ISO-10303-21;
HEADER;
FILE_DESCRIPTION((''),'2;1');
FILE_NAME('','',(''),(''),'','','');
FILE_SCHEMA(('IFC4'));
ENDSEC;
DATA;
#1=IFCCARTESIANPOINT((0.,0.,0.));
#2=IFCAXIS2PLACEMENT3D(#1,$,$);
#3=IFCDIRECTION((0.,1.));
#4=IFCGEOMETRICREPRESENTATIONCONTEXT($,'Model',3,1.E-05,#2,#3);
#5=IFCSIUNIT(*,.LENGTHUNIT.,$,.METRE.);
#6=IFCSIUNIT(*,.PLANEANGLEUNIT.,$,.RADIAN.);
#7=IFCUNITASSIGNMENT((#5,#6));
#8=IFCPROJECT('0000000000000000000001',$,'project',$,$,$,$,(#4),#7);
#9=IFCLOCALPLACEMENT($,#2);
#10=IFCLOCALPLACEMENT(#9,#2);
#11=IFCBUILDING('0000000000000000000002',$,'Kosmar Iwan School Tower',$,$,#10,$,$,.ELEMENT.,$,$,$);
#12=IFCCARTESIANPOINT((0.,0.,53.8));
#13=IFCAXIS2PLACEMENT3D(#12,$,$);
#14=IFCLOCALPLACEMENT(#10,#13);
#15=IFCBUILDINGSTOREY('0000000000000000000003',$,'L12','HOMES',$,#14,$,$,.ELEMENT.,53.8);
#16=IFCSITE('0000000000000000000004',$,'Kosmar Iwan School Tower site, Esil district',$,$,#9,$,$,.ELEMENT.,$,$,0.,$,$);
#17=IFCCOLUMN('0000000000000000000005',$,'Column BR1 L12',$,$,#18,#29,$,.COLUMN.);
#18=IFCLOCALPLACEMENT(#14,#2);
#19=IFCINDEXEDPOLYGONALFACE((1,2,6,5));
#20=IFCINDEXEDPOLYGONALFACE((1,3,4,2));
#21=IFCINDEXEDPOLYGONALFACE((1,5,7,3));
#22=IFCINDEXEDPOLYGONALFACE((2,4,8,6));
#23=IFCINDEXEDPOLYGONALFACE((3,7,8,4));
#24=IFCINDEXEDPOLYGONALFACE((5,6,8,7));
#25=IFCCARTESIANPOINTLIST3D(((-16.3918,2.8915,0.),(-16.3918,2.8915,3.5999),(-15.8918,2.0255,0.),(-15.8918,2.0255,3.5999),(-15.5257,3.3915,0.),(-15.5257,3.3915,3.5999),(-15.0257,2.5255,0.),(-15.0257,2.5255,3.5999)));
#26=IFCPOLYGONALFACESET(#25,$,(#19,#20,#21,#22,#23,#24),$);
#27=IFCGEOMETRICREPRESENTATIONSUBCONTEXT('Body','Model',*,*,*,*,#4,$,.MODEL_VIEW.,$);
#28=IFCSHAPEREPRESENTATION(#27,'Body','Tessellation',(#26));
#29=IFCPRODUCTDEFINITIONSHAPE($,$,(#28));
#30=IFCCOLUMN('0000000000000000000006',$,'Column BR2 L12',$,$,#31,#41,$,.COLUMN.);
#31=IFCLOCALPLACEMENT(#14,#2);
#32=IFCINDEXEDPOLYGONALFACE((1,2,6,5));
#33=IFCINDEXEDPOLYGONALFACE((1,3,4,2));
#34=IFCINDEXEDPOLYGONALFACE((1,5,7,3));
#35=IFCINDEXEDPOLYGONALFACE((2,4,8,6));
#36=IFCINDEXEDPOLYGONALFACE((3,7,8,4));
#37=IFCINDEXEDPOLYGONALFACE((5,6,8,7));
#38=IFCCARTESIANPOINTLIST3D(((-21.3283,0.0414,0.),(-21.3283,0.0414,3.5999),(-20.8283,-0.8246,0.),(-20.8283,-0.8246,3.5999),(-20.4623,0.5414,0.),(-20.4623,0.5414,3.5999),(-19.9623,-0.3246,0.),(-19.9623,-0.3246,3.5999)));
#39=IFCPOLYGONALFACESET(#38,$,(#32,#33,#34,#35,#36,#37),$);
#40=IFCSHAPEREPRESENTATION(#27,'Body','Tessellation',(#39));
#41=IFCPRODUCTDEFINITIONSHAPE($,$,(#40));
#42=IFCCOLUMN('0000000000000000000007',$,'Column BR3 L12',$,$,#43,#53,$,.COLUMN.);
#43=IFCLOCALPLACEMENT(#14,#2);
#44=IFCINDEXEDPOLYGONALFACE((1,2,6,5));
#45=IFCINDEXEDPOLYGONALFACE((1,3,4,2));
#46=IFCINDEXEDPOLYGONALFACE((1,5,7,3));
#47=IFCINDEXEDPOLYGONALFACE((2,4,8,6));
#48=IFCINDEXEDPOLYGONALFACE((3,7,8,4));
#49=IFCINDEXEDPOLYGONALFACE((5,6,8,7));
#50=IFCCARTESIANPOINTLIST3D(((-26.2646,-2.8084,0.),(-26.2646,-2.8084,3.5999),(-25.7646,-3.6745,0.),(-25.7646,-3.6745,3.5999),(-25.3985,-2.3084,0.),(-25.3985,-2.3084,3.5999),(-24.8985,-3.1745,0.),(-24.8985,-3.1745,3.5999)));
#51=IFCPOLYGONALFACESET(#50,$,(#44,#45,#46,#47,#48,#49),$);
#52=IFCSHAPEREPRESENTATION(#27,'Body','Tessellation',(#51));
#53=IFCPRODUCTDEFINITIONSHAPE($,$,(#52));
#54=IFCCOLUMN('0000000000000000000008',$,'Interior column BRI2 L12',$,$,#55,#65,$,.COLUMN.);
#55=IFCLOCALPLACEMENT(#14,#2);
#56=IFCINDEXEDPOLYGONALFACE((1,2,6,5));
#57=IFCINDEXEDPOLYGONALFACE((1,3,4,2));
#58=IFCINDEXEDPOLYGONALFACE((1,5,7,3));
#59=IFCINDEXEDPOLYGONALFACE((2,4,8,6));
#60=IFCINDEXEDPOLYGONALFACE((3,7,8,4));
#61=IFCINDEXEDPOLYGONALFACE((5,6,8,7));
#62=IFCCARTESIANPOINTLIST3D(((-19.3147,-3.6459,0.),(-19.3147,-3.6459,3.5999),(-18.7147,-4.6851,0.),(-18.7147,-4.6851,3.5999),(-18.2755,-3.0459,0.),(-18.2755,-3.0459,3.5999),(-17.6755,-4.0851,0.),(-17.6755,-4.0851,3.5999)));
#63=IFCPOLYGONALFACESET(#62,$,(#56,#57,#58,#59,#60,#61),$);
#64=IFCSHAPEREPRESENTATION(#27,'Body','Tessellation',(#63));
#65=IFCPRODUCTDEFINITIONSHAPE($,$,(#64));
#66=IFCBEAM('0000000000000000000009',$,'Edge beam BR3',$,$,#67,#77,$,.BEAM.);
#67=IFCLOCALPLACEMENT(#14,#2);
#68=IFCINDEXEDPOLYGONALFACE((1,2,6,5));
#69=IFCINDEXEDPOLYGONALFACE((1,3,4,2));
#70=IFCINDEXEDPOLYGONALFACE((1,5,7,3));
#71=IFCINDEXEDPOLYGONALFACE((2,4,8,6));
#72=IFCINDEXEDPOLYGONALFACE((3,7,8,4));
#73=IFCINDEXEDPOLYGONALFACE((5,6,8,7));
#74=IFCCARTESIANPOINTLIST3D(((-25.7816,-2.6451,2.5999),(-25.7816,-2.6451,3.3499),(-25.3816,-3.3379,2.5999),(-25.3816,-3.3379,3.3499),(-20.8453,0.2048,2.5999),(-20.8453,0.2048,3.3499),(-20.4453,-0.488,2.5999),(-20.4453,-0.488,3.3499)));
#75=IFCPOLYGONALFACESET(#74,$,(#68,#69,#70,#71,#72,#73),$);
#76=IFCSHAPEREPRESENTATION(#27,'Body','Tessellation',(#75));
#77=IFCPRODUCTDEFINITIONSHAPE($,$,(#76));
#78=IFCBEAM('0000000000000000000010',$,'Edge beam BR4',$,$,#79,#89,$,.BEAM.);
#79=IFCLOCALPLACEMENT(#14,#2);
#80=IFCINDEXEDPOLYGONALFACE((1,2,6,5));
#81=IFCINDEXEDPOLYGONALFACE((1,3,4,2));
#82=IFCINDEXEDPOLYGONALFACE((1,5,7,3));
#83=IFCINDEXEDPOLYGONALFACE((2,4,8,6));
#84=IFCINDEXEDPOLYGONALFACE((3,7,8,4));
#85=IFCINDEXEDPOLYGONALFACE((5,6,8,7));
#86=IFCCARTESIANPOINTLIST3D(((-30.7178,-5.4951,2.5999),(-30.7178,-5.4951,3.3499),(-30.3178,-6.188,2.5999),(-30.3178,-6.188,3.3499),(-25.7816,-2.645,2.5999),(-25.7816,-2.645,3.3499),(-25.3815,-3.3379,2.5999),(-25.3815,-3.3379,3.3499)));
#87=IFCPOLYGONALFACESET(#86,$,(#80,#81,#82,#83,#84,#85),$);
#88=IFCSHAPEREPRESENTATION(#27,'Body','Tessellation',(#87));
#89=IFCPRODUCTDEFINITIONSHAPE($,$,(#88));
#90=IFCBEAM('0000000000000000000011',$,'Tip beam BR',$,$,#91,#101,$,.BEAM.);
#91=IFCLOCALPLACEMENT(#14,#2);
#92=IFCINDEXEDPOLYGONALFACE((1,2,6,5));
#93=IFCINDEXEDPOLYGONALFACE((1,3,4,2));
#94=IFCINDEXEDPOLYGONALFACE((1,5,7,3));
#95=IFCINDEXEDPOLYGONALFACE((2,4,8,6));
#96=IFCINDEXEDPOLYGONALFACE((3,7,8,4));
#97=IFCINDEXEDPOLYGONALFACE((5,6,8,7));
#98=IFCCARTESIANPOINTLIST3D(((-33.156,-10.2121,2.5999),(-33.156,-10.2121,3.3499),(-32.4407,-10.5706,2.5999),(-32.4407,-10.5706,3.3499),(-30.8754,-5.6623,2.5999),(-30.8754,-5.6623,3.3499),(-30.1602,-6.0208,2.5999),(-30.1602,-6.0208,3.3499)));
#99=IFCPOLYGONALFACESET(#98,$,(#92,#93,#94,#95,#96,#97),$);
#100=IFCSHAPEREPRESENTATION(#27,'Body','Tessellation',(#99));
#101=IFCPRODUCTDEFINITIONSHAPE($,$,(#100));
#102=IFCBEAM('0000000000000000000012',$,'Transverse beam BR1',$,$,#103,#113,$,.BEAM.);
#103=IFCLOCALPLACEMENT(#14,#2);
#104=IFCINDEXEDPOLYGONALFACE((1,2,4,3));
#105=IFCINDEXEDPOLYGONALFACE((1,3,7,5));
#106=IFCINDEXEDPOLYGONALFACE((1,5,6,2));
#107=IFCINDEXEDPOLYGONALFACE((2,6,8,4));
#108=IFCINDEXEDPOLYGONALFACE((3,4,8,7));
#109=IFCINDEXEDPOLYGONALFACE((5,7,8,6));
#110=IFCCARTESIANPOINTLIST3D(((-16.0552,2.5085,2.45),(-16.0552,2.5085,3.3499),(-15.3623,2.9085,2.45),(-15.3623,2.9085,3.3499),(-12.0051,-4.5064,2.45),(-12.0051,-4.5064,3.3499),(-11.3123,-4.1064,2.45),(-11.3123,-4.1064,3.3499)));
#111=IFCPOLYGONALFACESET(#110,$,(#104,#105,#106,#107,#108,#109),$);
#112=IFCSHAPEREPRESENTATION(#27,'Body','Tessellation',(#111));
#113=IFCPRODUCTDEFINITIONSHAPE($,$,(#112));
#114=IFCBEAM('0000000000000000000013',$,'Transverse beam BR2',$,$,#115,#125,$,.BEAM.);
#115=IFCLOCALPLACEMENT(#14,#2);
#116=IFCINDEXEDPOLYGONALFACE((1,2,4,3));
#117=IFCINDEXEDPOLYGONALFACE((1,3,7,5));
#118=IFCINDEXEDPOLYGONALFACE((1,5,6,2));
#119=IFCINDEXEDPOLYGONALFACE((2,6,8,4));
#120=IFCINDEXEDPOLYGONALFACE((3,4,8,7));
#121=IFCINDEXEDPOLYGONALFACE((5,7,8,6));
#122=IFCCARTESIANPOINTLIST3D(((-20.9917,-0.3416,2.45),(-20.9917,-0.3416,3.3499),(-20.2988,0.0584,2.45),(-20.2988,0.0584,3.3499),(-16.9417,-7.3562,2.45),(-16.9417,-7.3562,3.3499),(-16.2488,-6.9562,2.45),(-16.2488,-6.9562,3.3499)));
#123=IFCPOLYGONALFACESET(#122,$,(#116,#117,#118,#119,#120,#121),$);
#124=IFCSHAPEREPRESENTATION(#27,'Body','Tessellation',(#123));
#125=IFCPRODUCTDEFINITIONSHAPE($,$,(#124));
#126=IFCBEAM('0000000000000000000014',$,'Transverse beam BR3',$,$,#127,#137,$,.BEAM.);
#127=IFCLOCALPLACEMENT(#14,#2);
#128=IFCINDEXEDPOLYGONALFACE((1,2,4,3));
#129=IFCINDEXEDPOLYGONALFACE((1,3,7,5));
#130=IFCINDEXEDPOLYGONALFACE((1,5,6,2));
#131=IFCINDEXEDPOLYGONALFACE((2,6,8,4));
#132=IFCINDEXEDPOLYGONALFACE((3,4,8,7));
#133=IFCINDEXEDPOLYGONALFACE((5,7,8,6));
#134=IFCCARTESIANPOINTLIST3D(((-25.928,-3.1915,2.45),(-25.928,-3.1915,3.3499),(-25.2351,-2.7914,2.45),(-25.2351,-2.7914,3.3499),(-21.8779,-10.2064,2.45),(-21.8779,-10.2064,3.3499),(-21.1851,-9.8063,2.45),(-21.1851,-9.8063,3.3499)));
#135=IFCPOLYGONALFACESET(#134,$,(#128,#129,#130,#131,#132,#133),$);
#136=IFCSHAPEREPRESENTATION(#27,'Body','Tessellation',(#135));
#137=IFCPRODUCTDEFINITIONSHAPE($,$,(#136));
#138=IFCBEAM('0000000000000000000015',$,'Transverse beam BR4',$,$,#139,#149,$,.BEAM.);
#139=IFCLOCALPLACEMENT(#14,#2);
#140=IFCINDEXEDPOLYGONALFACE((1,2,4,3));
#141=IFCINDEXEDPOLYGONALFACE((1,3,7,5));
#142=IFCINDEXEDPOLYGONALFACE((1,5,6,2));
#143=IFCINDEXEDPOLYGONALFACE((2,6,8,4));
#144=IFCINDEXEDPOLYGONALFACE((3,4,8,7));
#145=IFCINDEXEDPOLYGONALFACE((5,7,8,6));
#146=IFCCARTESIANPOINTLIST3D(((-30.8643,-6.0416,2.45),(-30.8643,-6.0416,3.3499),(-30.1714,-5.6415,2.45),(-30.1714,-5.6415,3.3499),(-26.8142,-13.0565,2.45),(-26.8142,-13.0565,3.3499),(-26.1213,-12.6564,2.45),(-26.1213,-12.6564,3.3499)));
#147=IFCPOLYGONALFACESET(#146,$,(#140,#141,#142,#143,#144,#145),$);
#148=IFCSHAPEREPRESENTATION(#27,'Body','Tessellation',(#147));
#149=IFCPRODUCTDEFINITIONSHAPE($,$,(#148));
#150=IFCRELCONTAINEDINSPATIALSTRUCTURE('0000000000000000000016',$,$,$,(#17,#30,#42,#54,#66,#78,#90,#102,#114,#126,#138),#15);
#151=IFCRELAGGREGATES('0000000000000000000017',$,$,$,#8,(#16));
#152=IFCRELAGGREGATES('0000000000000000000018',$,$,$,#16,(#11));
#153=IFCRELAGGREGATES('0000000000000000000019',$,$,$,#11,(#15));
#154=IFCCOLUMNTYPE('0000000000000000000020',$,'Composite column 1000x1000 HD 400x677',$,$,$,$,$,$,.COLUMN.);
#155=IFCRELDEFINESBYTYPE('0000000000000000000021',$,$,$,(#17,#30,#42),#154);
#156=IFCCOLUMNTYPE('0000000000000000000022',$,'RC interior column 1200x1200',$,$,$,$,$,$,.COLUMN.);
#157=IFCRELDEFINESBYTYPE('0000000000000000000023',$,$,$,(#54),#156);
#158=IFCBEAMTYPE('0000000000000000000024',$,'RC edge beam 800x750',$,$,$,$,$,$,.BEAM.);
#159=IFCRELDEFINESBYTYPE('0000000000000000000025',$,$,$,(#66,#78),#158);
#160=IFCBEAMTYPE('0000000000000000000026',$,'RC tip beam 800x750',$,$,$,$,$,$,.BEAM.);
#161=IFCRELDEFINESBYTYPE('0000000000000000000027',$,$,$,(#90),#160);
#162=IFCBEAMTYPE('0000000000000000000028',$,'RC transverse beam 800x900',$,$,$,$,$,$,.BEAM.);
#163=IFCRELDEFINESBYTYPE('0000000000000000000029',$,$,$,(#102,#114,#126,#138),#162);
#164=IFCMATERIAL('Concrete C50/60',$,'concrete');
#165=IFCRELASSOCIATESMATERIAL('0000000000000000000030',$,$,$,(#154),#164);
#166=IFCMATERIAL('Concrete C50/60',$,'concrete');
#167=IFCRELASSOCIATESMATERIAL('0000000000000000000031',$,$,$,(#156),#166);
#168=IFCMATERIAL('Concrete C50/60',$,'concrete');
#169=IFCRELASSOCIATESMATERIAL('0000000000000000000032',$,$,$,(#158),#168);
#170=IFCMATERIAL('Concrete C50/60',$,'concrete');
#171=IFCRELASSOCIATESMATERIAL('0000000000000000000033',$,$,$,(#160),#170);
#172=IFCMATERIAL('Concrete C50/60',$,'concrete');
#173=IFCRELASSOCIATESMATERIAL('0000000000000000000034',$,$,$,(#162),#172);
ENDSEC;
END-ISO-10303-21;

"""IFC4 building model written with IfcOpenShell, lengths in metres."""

from ifc_helpers import new_model, si_unit, direction, frame, origin, origin_2d, place, context, subcontext, project, spatial, rectangle, extrude, material, material_profile, profile_set, type_object, element, save


model = new_model("IFC4")

# Units and contexts
model_context = context("Model", 3, precision=1e-05, world=origin(), true_north=direction((0.0, 1.0)))
body_context = subcontext(model_context, "Body", "Model", "MODEL_VIEW")
ifc_project = project(units=[si_unit("LENGTHUNIT", "METRE"), si_unit("PLANEANGLEUNIT", "RADIAN")], contexts=[model_context])

# Site, building, storey
site_placement = place(None, origin())
site = spatial("IfcSite", under=ifc_project, at=site_placement, Name="Kosmar Iwan School Tower site, Esil district", CompositionType="ELEMENT", RefElevation=0.0)
building_placement = place(site_placement, origin())
building = spatial("IfcBuilding", under=site, at=building_placement, Name="Kosmar Iwan School Tower", CompositionType="ELEMENT")
storey_placement = place(building_placement, frame((0.0, 0.0, 53.8)))
storey = spatial("IfcBuildingStorey", under=building, at=storey_placement, Name="L12", Description="HOMES", CompositionType="ELEMENT", Elevation=53.8)

# Columns
ifc_material_1 = material(Name="Concrete C50/60", Category="concrete")
ifc_material_profile_1 = material_profile(ifc_material_1, rectangle(XDim=1.0, YDim=1.0, at=origin_2d()), Name="RC 1000x1000 + HD 400x677")
ifc_profile_set_1 = profile_set([ifc_material_profile_1], Name="Concrete C50/60")
column_type_1 = type_object("IfcColumnType", Name="Composite column 1000x1000 HD 400x677", PredefinedType="COLUMN", material=ifc_profile_set_1)
for number, where, z_axis, x_axis, name in (
    (1, (-15.7087, 2.7085, 0.0), (0.0, 0.0, 1.0), (-0.866025, -0.5, 0.0), "Column BR1 L12"),
    (2, (-20.6453, -0.1416, 0.0), (0.0, 0.0, 1.0), (-0.866025, -0.5, 0.0), "Column BR2 L12"),
    (3, (-25.5815, -2.9915, 0.0), (0.0, 0.0, 1.0), (-0.866025, -0.5, 0.0), "Column BR3 L12"),
):
    element("IfcColumn", number, at=place(storey_placement, frame(where, z_axis=z_axis, x_axis=x_axis)), inside=storey, type_object=column_type_1, Name=name, PredefinedType="COLUMN", context=body_context, shape_type="SweptSolid", body=[
        extrude(rectangle(XDim=1.0, YDim=1.0, at=origin_2d()), origin(), (0.0, 0.0, 1.0), 3.5999),
    ])
ifc_material_2 = material(Name="Concrete C50/60", Category="concrete")
ifc_material_profile_2 = material_profile(ifc_material_2, rectangle(XDim=1.2, YDim=1.2, at=origin_2d()), Name="RC 1200x1200")
ifc_profile_set_2 = profile_set([ifc_material_profile_2], Name="Concrete C50/60")
column_type_2 = type_object("IfcColumnType", Name="RC interior column 1200x1200", PredefinedType="COLUMN", material=ifc_profile_set_2)
column_placement = place(storey_placement, frame((-18.4951, -3.8655, 0.0), z_axis=(0.0, 0.0, 1.0), x_axis=(-0.866025, -0.5, 0.0)))
element("IfcColumn", 4, at=column_placement, inside=storey, type_object=column_type_2, Name="Interior column BRI2 L12", PredefinedType="COLUMN", context=body_context, shape_type="SweptSolid", body=[
    extrude(rectangle(XDim=1.2, YDim=1.2, at=origin_2d()), origin(), (0.0, 0.0, 1.0), 3.5999),
])

# Beams
ifc_material_3 = material(Name="Concrete C50/60", Category="concrete")
ifc_material_profile_3 = material_profile(ifc_material_3, rectangle(XDim=0.8, YDim=0.75, at=origin_2d()), Name="RC 800x750")
ifc_profile_set_3 = profile_set([ifc_material_profile_3], Name="Concrete C50/60")
beam_type_1 = type_object("IfcBeamType", Name="RC edge beam 800x750", PredefinedType="BEAM", material=ifc_profile_set_3)
for number, where, z_axis, x_axis, name in (
    (5, (-20.6453, -0.1416, 2.9749), (-0.866034, -0.499986, 0.0), (0.499986, -0.866034, 0.0), "Edge beam BR3"),
    (6, (-25.5815, -2.9915, 2.9749), (-0.866015, -0.500018, 0.0), (0.500018, -0.866015, 0.0), "Edge beam BR4"),
):
    element("IfcBeam", number, at=place(storey_placement, frame(where, z_axis=z_axis, x_axis=x_axis)), inside=storey, type_object=beam_type_1, Name=name, PredefinedType="BEAM", context=body_context, shape_type="SweptSolid", body=[
        extrude(rectangle(XDim=0.8, YDim=0.75, at=origin_2d()), origin(), (0.0, 0.0, 1.0), 5.7),
    ])
ifc_material_4 = material(Name="Concrete C50/60", Category="concrete")
ifc_material_profile_4 = material_profile(ifc_material_4, rectangle(XDim=0.8, YDim=0.75, at=origin_2d()), Name="RC 800x750")
ifc_profile_set_4 = profile_set([ifc_material_profile_4], Name="Concrete C50/60")
beam_type_2 = type_object("IfcBeamType", Name="RC tip beam 800x750", PredefinedType="BEAM", material=ifc_profile_set_4)
beam_1_placement = place(storey_placement, frame((-30.5178, -5.8416, 2.9749), z_axis=(-0.448096, -0.893985, 0.0), x_axis=(0.893985, -0.448096, 0.0)))
element("IfcBeam", 7, at=beam_1_placement, inside=storey, type_object=beam_type_2, Name="Tip beam BR", PredefinedType="BEAM", context=body_context, shape_type="SweptSolid", body=[
    extrude(rectangle(XDim=0.8, YDim=0.75, at=origin_2d()), origin(), (0.0, 0.0, 1.0), 5.0894),
])
ifc_material_5 = material(Name="Concrete C50/60", Category="concrete")
ifc_material_profile_5 = material_profile(ifc_material_5, rectangle(XDim=0.8, YDim=0.8999, at=origin_2d()), Name="RC 800x900")
ifc_profile_set_5 = profile_set([ifc_material_profile_5], Name="Concrete C50/60")
beam_type_3 = type_object("IfcBeamType", Name="RC transverse beam 800x900", PredefinedType="BEAM", material=ifc_profile_set_5)
beam_2_placement = place(storey_placement, frame((-15.7087, 2.7085, 2.8999), z_axis=(0.5, -0.866025, 0.0), x_axis=(0.866025, 0.5, 0.0)))
element("IfcBeam", 8, at=beam_2_placement, inside=storey, type_object=beam_type_3, Name="Transverse beam BR1", PredefinedType="BEAM", context=body_context, shape_type="SweptSolid", body=[
    extrude(rectangle(XDim=0.8, YDim=0.8999, at=origin_2d()), origin(), (0.0, 0.0, 1.0), 8.1001),
])
beam_3_placement = place(storey_placement, frame((-20.6453, -0.1416, 2.8999), z_axis=(0.500013, -0.866018, 0.0), x_axis=(0.866018, 0.500013, 0.0)))
element("IfcBeam", 9, at=beam_3_placement, inside=storey, type_object=beam_type_3, Name="Transverse beam BR2", PredefinedType="BEAM", context=body_context, shape_type="SweptSolid", body=[
    extrude(rectangle(XDim=0.8, YDim=0.8999, at=origin_2d()), origin(), (0.0, 0.0, 1.0), 8.0999),
])
for number, where, z_axis, x_axis, name in (
    (10, (-25.5815, -2.9915, 2.8999), (0.5, -0.866025, 0.0), (0.866025, 0.5, 0.0), "Transverse beam BR3"),
    (11, (-30.5178, -5.8416, 2.8999), (0.5, -0.866025, 0.0), (0.866025, 0.5, 0.0), "Transverse beam BR4"),
):
    element("IfcBeam", number, at=place(storey_placement, frame(where, z_axis=z_axis, x_axis=x_axis)), inside=storey, type_object=beam_type_3, Name=name, PredefinedType="BEAM", context=body_context, shape_type="SweptSolid", body=[
        extrude(rectangle(XDim=0.8, YDim=0.8999, at=origin_2d()), origin(), (0.0, 0.0, 1.0), 8.1001),
    ])

save(model, "model.ifc")
